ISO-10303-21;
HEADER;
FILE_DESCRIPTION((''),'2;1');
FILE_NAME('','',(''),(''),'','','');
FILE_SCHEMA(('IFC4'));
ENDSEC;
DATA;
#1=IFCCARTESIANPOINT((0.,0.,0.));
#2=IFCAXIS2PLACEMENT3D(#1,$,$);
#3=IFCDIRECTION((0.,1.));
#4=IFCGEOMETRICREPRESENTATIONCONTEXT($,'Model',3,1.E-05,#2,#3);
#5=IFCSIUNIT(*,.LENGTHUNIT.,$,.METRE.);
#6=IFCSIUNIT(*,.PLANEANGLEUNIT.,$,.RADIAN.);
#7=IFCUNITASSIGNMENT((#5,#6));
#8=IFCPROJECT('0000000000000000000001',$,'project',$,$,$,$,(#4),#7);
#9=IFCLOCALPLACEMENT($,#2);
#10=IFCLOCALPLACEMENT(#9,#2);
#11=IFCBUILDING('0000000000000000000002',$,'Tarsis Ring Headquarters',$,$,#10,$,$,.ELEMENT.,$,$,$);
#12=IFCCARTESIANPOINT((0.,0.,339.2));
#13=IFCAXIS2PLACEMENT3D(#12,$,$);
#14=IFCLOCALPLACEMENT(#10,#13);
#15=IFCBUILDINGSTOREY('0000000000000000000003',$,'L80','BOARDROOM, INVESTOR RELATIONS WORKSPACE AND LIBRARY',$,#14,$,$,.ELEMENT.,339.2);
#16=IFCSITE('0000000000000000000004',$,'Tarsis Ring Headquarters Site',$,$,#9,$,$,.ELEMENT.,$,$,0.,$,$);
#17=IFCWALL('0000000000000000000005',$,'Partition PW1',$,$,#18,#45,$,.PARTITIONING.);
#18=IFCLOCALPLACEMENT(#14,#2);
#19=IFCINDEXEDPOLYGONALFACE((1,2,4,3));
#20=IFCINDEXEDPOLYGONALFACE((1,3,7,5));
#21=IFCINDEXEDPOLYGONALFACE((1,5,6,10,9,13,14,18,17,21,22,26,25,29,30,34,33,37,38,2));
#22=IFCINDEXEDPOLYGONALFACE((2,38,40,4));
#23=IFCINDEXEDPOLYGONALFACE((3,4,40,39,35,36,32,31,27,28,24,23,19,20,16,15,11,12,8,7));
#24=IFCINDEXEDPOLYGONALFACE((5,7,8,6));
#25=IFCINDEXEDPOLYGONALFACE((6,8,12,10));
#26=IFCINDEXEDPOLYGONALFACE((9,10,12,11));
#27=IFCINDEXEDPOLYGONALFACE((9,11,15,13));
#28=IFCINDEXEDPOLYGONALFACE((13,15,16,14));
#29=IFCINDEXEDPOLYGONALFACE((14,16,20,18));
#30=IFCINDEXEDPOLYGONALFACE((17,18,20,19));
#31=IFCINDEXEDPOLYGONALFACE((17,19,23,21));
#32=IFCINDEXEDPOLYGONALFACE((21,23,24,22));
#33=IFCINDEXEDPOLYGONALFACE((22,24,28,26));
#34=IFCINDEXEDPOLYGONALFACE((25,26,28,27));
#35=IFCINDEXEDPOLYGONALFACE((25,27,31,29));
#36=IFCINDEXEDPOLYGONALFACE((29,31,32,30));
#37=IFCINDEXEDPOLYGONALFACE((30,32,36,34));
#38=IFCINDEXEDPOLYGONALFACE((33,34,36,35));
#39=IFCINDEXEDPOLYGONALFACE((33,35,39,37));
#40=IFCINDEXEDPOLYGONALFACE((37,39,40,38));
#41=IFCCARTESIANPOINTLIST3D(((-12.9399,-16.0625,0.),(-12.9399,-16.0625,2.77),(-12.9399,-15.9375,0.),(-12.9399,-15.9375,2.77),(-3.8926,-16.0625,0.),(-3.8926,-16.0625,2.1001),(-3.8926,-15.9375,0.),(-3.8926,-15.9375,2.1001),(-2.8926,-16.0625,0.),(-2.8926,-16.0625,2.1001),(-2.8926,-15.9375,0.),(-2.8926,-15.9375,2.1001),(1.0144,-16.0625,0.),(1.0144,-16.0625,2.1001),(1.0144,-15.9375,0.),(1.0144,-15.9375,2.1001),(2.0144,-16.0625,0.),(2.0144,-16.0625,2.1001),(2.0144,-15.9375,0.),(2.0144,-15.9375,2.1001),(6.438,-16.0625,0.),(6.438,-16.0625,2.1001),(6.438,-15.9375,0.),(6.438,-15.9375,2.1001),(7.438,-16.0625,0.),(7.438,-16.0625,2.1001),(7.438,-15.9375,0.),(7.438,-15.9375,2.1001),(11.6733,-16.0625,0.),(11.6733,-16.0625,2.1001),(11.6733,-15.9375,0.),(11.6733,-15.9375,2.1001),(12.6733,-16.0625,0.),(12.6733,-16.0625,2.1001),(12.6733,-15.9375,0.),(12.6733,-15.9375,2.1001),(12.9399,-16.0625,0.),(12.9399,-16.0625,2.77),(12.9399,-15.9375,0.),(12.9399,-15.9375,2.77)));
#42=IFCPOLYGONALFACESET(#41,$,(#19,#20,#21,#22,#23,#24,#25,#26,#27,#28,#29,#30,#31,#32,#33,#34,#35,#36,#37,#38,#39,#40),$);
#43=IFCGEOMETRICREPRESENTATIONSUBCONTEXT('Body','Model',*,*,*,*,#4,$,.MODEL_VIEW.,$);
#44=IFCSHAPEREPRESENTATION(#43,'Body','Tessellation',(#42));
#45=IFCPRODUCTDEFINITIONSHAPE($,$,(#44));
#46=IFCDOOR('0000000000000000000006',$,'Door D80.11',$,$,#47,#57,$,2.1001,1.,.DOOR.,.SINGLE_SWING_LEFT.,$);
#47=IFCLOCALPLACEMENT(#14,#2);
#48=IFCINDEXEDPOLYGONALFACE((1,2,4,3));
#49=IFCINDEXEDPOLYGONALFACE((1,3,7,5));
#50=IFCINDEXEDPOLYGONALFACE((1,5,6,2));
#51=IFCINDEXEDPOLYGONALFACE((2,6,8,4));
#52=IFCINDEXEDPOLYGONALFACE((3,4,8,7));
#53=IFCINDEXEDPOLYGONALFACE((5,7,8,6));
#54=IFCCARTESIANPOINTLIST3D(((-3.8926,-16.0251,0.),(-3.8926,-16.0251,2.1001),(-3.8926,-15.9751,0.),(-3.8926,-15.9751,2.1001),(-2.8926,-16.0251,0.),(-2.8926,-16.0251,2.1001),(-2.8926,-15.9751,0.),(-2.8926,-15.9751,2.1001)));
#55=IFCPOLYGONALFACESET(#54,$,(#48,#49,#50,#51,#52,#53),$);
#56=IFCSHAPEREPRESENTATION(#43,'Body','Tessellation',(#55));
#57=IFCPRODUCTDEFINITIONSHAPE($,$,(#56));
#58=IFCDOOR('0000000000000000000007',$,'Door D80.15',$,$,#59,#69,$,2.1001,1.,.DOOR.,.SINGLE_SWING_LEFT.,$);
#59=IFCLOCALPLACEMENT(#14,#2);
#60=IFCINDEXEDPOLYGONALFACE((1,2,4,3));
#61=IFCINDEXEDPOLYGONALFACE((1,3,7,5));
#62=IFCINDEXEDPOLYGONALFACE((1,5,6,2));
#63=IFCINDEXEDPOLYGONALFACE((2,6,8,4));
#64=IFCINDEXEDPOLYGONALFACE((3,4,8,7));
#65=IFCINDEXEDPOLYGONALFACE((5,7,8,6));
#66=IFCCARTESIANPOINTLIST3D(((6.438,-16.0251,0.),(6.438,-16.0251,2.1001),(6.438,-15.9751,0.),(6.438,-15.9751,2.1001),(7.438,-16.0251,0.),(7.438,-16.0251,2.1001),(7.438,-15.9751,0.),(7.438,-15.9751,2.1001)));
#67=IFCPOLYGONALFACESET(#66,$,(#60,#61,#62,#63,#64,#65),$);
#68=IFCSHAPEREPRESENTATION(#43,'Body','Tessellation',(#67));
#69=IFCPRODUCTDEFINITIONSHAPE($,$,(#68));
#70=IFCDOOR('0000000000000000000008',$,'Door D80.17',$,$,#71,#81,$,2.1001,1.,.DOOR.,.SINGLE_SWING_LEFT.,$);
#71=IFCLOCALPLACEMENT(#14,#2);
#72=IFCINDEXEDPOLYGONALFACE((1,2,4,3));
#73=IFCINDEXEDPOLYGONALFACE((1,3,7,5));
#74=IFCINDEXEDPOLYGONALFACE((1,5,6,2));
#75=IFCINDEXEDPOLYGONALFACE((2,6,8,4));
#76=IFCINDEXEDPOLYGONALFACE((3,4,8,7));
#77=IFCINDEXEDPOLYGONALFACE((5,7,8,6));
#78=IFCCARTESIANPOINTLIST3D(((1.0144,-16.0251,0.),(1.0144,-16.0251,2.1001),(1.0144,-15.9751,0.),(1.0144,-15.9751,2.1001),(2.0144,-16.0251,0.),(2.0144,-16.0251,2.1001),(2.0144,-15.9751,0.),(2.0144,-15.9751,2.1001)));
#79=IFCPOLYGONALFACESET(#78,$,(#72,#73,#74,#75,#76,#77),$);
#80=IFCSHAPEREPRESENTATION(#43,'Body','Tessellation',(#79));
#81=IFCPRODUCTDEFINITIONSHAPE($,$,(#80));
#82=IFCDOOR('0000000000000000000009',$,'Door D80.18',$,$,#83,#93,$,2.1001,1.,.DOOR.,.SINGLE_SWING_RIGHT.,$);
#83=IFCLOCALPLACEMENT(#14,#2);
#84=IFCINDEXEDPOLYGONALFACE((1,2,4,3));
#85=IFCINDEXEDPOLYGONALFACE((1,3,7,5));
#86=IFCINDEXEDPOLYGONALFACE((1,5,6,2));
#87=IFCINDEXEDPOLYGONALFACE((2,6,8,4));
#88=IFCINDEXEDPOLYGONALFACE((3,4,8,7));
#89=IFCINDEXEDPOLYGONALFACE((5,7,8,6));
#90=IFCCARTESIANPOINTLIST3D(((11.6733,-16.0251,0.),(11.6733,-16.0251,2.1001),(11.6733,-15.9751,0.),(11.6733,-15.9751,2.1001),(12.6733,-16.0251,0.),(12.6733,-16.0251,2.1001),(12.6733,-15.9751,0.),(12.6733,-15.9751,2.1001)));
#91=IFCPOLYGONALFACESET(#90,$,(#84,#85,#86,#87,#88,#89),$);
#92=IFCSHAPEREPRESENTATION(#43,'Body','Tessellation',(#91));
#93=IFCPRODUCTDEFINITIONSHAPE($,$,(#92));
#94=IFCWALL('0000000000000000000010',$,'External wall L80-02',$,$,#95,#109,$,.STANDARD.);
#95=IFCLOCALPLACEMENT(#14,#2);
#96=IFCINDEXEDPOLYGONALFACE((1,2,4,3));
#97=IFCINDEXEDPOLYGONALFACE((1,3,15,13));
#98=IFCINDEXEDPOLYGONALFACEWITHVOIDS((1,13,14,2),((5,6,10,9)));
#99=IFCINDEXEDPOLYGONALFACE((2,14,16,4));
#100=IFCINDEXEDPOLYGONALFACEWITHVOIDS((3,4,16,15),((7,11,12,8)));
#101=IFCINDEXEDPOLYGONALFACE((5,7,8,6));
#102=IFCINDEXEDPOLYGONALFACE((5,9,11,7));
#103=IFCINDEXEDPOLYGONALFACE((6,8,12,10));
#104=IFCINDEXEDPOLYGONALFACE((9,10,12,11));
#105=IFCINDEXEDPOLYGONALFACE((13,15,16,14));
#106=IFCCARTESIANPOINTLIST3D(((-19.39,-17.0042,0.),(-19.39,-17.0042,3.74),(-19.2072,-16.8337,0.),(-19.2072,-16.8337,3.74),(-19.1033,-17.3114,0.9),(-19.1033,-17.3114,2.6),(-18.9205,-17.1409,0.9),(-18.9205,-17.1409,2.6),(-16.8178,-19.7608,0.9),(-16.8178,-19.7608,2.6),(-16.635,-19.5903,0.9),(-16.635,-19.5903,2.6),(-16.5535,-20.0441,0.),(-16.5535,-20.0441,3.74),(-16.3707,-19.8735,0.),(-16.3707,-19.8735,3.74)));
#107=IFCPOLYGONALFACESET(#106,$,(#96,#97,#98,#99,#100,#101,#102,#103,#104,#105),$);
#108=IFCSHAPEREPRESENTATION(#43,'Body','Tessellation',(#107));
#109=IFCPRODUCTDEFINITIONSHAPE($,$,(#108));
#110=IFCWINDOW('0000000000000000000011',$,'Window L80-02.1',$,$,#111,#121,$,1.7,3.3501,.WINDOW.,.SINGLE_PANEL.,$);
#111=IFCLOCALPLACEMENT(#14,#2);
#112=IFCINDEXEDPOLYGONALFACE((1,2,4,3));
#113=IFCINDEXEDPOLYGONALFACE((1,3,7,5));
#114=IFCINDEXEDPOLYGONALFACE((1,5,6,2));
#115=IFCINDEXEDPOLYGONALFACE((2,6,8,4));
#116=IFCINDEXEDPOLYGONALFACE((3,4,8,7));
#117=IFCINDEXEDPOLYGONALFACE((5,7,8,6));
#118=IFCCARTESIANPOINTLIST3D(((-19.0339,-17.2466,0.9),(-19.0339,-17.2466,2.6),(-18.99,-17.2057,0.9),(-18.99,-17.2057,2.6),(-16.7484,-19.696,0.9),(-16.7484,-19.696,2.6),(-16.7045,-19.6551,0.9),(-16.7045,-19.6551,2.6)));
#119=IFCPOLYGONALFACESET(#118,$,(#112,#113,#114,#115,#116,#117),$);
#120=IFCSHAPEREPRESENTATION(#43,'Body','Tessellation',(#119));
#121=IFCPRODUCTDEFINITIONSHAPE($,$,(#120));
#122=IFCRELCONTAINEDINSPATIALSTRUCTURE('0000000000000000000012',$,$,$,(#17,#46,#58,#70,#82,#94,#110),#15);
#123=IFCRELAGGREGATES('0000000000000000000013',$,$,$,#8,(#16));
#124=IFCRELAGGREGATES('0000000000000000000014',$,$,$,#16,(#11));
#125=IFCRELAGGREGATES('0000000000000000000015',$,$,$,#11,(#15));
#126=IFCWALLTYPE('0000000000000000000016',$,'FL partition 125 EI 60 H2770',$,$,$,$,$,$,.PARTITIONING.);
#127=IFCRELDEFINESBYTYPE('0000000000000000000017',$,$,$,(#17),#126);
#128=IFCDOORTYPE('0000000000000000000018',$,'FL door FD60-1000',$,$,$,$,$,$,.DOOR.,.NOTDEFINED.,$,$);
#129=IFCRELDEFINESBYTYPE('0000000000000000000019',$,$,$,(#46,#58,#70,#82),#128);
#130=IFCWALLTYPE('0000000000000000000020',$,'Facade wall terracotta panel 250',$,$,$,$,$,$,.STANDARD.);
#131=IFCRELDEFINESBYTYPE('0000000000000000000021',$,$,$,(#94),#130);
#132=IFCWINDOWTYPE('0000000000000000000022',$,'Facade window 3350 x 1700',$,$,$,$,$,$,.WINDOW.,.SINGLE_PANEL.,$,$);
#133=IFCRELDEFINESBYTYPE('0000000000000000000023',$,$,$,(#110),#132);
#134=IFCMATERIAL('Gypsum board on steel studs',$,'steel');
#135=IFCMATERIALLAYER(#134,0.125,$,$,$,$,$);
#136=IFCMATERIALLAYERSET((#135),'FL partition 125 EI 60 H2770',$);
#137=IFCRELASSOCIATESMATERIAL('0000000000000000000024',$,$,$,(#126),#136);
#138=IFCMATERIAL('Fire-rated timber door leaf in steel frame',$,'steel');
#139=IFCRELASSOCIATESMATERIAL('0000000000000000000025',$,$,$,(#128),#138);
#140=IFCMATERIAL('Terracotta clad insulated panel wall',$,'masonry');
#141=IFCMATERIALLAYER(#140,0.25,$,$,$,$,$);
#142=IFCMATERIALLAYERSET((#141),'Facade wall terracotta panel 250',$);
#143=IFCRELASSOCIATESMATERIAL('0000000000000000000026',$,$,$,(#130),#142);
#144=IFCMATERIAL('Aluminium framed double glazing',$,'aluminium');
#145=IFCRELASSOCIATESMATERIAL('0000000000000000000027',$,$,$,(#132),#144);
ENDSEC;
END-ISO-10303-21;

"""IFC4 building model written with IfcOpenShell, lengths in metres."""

from ifc_helpers import new_model, si_unit, direction, frame, frame_2d, origin, place, context, subcontext, project, spatial, rectangle, extrude, material, layer, layer_set, type_object, element, fill, save


model = new_model("IFC4")

# Units and contexts
model_context = context("Model", 3, precision=1e-05, world=origin(), true_north=direction((0.0, 1.0)))
body_context = subcontext(model_context, "Body", "Model", "MODEL_VIEW")
ifc_project = project(units=[si_unit("LENGTHUNIT", "METRE"), si_unit("PLANEANGLEUNIT", "RADIAN")], contexts=[model_context])

# Site, building, storey
site_placement = place(None, origin())
site = spatial("IfcSite", under=ifc_project, at=site_placement, Name="Tarsis Ring Headquarters Site", CompositionType="ELEMENT", RefElevation=0.0)
building_placement = place(site_placement, origin())
building = spatial("IfcBuilding", under=site, at=building_placement, Name="Tarsis Ring Headquarters", CompositionType="ELEMENT")
storey_placement = place(building_placement, frame((0.0, 0.0, 339.2)))
storey = spatial("IfcBuildingStorey", under=building, at=storey_placement, Name="L80", Description="BOARDROOM, INVESTOR RELATIONS WORKSPACE AND LIBRARY", CompositionType="ELEMENT", Elevation=339.2)

# Wall, openings, doors
ifc_material_1 = material(Name="Gypsum board on steel studs", Category="steel")
ifc_layer_1 = layer(ifc_material_1, 0.125)
ifc_layer_set_1 = layer_set([ifc_layer_1], Name="FL partition 125 EI 60 H2770")
wall_type_1 = type_object("IfcWallType", Name="FL partition 125 EI 60 H2770", PredefinedType="PARTITIONING", material=ifc_layer_set_1)
ifc_material_2 = material(Name="Fire-rated timber door leaf in steel frame", Category="steel")
door_type_1 = type_object("IfcDoorType", Name="FL door FD60-1000", OperationType="NOTDEFINED", PredefinedType="DOOR", material=ifc_material_2)
wall_1_placement = place(storey_placement, frame((-12.9399, -16.0, 0.0), z_axis=(0.0, 0.0, 1.0), x_axis=(1.0, 0.0, 0.0)))
wall_1 = element("IfcWall", 1, at=wall_1_placement, inside=storey, type_object=wall_type_1, Name="Partition PW1", PredefinedType="PARTITIONING", context=body_context, shape_type="SweptSolid", body=[
    extrude(rectangle(XDim=25.8799, YDim=0.125, at=frame_2d((12.9399, 0.0))), origin(), (0.0, 0.0, 1.0), 2.77),
])
opening_1_placement = place(wall_1_placement, frame((9.0474, 0.0, 0.0)))
opening_1 = element("IfcOpeningElement", 2, at=opening_1_placement, cuts=wall_1, PredefinedType="OPENING", context=body_context, shape_type="SweptSolid", body=[
    extrude(rectangle(XDim=1.0, YDim=2.1001, at=frame_2d((0.5, 1.05))), frame((0.0, 0.0725, 0.0), z_axis=(0.0, -1.0, 0.0), x_axis=(1.0, 0.0, 0.0)), (0.0, 0.0, 1.0), 0.145),
])
opening_2_placement = place(wall_1_placement, frame((19.3779, 0.0, 0.0)))
opening_2 = element("IfcOpeningElement", 3, at=opening_2_placement, cuts=wall_1, PredefinedType="OPENING", context=body_context, shape_type="SweptSolid", body=[
    extrude(rectangle(XDim=1.0, YDim=2.1001, at=frame_2d((0.5, 1.05))), frame((0.0, 0.0725, 0.0), z_axis=(0.0, -1.0, 0.0), x_axis=(1.0, 0.0, 0.0)), (0.0, 0.0, 1.0), 0.145),
])
opening_3_placement = place(wall_1_placement, frame((13.9543, 0.0, 0.0)))
opening_3 = element("IfcOpeningElement", 4, at=opening_3_placement, cuts=wall_1, PredefinedType="OPENING", context=body_context, shape_type="SweptSolid", body=[
    extrude(rectangle(XDim=1.0, YDim=2.1001, at=frame_2d((0.5, 1.05))), frame((0.0, 0.0725, 0.0), z_axis=(0.0, -1.0, 0.0), x_axis=(1.0, 0.0, 0.0)), (0.0, 0.0, 1.0), 0.145),
])
opening_4_placement = place(wall_1_placement, frame((24.6133, 0.0, 0.0)))
opening_4 = element("IfcOpeningElement", 5, at=opening_4_placement, cuts=wall_1, PredefinedType="OPENING", context=body_context, shape_type="SweptSolid", body=[
    extrude(rectangle(XDim=1.0, YDim=2.1001, at=frame_2d((0.5, 1.05))), frame((0.0, 0.0725, 0.0), z_axis=(0.0, -1.0, 0.0), x_axis=(1.0, 0.0, 0.0)), (0.0, 0.0, 1.0), 0.145),
])
door_1_placement = place(opening_1_placement, origin())
door_1 = element("IfcDoor", 6, at=door_1_placement, inside=storey, type_object=door_type_1, Name="Door D80.11", OperationType="SINGLE_SWING_LEFT", OverallHeight=2.1001, OverallWidth=1.0, PredefinedType="DOOR", context=body_context, shape_type="SweptSolid", body=[
    extrude(rectangle(XDim=1.0, YDim=2.1001, at=frame_2d((0.5, 1.05))), frame((0.0, 0.0249, 0.0), z_axis=(0.0, -1.0, 0.0), x_axis=(1.0, 0.0, 0.0)), (0.0, 0.0, 1.0), 0.05),
])
fill(opening_1, door_1)
door_2_placement = place(opening_2_placement, origin())
door_2 = element("IfcDoor", 7, at=door_2_placement, inside=storey, type_object=door_type_1, Name="Door D80.15", OperationType="SINGLE_SWING_LEFT", OverallHeight=2.1001, OverallWidth=1.0, PredefinedType="DOOR", context=body_context, shape_type="SweptSolid", body=[
    extrude(rectangle(XDim=1.0, YDim=2.1001, at=frame_2d((0.5, 1.05))), frame((0.0, 0.0249, 0.0), z_axis=(0.0, -1.0, 0.0), x_axis=(1.0, 0.0, 0.0)), (0.0, 0.0, 1.0), 0.05),
])
fill(opening_2, door_2)
door_3_placement = place(opening_3_placement, origin())
door_3 = element("IfcDoor", 8, at=door_3_placement, inside=storey, type_object=door_type_1, Name="Door D80.17", OperationType="SINGLE_SWING_LEFT", OverallHeight=2.1001, OverallWidth=1.0, PredefinedType="DOOR", context=body_context, shape_type="SweptSolid", body=[
    extrude(rectangle(XDim=1.0, YDim=2.1001, at=frame_2d((0.5, 1.05))), frame((0.0, 0.0249, 0.0), z_axis=(0.0, -1.0, 0.0), x_axis=(1.0, 0.0, 0.0)), (0.0, 0.0, 1.0), 0.05),
])
fill(opening_3, door_3)
door_4_placement = place(opening_4_placement, origin())
door_4 = element("IfcDoor", 9, at=door_4_placement, inside=storey, type_object=door_type_1, Name="Door D80.18", OperationType="SINGLE_SWING_RIGHT", OverallHeight=2.1001, OverallWidth=1.0, PredefinedType="DOOR", context=body_context, shape_type="SweptSolid", body=[
    extrude(rectangle(XDim=1.0, YDim=2.1001, at=frame_2d((0.5, 1.05))), frame((0.0, 0.0249, 0.0), z_axis=(0.0, -1.0, 0.0), x_axis=(1.0, 0.0, 0.0)), (0.0, 0.0, 1.0), 0.05),
])
fill(opening_4, door_4)

# Wall, opening, window
ifc_material_3 = material(Name="Terracotta clad insulated panel wall", Category="masonry")
ifc_layer_2 = layer(ifc_material_3, 0.25)
ifc_layer_set_2 = layer_set([ifc_layer_2], Name="Facade wall terracotta panel 250")
wall_type_2 = type_object("IfcWallType", Name="Facade wall terracotta panel 250", PredefinedType="STANDARD", material=ifc_layer_set_2)
wall_2_placement = place(storey_placement, frame((-19.2986, -16.9189, 0.0), z_axis=(0.0, 0.0, 1.0), x_axis=(0.682226, -0.731141, 0.0)))
wall_2 = element("IfcWall", 10, at=wall_2_placement, inside=storey, type_object=wall_type_2, Name="External wall L80-02", PredefinedType="STANDARD", context=body_context, shape_type="SweptSolid", body=[
    extrude(rectangle(XDim=4.1577, YDim=0.25, at=frame_2d((2.0789, 0.0))), origin(), (0.0, 0.0, 1.0), 3.74),
])
opening_5_placement = place(wall_2_placement, frame((0.4202, 0.0, 0.8999)))
opening_5 = element("IfcOpeningElement", 11, at=opening_5_placement, cuts=wall_2, PredefinedType="OPENING", context=body_context, shape_type="SweptSolid", body=[
    extrude(rectangle(XDim=3.3501, YDim=1.7, at=frame_2d((1.675, 0.8501))), frame((0.0, 0.135, 0.0), z_axis=(0.0, -1.0, 0.0), x_axis=(1.0, 0.0, 0.0)), (0.0, 0.0, 1.0), 0.27),
])
ifc_material_4 = material(Name="Aluminium framed double glazing", Category="aluminium")
window_type = type_object("IfcWindowType", Name="Facade window 3350 x 1700", PartitioningType="SINGLE_PANEL", PredefinedType="WINDOW", material=ifc_material_4)
window_placement = place(opening_5_placement, origin())
window = element("IfcWindow", 12, at=window_placement, inside=storey, type_object=window_type, Name="Window L80-02.1", OverallHeight=1.7, OverallWidth=3.3501, PartitioningType="SINGLE_PANEL", PredefinedType="WINDOW", context=body_context, shape_type="SweptSolid", body=[
    extrude(rectangle(XDim=3.3501, YDim=1.7, at=frame_2d((1.675, 0.8501))), frame((0.0, 0.03, 0.0), z_axis=(0.0, -1.0, 0.0), x_axis=(1.0, 0.0, 0.0)), (0.0, 0.0, 1.0), 0.0601),
])
fill(opening_5, window)

save(model, "model.ifc")
